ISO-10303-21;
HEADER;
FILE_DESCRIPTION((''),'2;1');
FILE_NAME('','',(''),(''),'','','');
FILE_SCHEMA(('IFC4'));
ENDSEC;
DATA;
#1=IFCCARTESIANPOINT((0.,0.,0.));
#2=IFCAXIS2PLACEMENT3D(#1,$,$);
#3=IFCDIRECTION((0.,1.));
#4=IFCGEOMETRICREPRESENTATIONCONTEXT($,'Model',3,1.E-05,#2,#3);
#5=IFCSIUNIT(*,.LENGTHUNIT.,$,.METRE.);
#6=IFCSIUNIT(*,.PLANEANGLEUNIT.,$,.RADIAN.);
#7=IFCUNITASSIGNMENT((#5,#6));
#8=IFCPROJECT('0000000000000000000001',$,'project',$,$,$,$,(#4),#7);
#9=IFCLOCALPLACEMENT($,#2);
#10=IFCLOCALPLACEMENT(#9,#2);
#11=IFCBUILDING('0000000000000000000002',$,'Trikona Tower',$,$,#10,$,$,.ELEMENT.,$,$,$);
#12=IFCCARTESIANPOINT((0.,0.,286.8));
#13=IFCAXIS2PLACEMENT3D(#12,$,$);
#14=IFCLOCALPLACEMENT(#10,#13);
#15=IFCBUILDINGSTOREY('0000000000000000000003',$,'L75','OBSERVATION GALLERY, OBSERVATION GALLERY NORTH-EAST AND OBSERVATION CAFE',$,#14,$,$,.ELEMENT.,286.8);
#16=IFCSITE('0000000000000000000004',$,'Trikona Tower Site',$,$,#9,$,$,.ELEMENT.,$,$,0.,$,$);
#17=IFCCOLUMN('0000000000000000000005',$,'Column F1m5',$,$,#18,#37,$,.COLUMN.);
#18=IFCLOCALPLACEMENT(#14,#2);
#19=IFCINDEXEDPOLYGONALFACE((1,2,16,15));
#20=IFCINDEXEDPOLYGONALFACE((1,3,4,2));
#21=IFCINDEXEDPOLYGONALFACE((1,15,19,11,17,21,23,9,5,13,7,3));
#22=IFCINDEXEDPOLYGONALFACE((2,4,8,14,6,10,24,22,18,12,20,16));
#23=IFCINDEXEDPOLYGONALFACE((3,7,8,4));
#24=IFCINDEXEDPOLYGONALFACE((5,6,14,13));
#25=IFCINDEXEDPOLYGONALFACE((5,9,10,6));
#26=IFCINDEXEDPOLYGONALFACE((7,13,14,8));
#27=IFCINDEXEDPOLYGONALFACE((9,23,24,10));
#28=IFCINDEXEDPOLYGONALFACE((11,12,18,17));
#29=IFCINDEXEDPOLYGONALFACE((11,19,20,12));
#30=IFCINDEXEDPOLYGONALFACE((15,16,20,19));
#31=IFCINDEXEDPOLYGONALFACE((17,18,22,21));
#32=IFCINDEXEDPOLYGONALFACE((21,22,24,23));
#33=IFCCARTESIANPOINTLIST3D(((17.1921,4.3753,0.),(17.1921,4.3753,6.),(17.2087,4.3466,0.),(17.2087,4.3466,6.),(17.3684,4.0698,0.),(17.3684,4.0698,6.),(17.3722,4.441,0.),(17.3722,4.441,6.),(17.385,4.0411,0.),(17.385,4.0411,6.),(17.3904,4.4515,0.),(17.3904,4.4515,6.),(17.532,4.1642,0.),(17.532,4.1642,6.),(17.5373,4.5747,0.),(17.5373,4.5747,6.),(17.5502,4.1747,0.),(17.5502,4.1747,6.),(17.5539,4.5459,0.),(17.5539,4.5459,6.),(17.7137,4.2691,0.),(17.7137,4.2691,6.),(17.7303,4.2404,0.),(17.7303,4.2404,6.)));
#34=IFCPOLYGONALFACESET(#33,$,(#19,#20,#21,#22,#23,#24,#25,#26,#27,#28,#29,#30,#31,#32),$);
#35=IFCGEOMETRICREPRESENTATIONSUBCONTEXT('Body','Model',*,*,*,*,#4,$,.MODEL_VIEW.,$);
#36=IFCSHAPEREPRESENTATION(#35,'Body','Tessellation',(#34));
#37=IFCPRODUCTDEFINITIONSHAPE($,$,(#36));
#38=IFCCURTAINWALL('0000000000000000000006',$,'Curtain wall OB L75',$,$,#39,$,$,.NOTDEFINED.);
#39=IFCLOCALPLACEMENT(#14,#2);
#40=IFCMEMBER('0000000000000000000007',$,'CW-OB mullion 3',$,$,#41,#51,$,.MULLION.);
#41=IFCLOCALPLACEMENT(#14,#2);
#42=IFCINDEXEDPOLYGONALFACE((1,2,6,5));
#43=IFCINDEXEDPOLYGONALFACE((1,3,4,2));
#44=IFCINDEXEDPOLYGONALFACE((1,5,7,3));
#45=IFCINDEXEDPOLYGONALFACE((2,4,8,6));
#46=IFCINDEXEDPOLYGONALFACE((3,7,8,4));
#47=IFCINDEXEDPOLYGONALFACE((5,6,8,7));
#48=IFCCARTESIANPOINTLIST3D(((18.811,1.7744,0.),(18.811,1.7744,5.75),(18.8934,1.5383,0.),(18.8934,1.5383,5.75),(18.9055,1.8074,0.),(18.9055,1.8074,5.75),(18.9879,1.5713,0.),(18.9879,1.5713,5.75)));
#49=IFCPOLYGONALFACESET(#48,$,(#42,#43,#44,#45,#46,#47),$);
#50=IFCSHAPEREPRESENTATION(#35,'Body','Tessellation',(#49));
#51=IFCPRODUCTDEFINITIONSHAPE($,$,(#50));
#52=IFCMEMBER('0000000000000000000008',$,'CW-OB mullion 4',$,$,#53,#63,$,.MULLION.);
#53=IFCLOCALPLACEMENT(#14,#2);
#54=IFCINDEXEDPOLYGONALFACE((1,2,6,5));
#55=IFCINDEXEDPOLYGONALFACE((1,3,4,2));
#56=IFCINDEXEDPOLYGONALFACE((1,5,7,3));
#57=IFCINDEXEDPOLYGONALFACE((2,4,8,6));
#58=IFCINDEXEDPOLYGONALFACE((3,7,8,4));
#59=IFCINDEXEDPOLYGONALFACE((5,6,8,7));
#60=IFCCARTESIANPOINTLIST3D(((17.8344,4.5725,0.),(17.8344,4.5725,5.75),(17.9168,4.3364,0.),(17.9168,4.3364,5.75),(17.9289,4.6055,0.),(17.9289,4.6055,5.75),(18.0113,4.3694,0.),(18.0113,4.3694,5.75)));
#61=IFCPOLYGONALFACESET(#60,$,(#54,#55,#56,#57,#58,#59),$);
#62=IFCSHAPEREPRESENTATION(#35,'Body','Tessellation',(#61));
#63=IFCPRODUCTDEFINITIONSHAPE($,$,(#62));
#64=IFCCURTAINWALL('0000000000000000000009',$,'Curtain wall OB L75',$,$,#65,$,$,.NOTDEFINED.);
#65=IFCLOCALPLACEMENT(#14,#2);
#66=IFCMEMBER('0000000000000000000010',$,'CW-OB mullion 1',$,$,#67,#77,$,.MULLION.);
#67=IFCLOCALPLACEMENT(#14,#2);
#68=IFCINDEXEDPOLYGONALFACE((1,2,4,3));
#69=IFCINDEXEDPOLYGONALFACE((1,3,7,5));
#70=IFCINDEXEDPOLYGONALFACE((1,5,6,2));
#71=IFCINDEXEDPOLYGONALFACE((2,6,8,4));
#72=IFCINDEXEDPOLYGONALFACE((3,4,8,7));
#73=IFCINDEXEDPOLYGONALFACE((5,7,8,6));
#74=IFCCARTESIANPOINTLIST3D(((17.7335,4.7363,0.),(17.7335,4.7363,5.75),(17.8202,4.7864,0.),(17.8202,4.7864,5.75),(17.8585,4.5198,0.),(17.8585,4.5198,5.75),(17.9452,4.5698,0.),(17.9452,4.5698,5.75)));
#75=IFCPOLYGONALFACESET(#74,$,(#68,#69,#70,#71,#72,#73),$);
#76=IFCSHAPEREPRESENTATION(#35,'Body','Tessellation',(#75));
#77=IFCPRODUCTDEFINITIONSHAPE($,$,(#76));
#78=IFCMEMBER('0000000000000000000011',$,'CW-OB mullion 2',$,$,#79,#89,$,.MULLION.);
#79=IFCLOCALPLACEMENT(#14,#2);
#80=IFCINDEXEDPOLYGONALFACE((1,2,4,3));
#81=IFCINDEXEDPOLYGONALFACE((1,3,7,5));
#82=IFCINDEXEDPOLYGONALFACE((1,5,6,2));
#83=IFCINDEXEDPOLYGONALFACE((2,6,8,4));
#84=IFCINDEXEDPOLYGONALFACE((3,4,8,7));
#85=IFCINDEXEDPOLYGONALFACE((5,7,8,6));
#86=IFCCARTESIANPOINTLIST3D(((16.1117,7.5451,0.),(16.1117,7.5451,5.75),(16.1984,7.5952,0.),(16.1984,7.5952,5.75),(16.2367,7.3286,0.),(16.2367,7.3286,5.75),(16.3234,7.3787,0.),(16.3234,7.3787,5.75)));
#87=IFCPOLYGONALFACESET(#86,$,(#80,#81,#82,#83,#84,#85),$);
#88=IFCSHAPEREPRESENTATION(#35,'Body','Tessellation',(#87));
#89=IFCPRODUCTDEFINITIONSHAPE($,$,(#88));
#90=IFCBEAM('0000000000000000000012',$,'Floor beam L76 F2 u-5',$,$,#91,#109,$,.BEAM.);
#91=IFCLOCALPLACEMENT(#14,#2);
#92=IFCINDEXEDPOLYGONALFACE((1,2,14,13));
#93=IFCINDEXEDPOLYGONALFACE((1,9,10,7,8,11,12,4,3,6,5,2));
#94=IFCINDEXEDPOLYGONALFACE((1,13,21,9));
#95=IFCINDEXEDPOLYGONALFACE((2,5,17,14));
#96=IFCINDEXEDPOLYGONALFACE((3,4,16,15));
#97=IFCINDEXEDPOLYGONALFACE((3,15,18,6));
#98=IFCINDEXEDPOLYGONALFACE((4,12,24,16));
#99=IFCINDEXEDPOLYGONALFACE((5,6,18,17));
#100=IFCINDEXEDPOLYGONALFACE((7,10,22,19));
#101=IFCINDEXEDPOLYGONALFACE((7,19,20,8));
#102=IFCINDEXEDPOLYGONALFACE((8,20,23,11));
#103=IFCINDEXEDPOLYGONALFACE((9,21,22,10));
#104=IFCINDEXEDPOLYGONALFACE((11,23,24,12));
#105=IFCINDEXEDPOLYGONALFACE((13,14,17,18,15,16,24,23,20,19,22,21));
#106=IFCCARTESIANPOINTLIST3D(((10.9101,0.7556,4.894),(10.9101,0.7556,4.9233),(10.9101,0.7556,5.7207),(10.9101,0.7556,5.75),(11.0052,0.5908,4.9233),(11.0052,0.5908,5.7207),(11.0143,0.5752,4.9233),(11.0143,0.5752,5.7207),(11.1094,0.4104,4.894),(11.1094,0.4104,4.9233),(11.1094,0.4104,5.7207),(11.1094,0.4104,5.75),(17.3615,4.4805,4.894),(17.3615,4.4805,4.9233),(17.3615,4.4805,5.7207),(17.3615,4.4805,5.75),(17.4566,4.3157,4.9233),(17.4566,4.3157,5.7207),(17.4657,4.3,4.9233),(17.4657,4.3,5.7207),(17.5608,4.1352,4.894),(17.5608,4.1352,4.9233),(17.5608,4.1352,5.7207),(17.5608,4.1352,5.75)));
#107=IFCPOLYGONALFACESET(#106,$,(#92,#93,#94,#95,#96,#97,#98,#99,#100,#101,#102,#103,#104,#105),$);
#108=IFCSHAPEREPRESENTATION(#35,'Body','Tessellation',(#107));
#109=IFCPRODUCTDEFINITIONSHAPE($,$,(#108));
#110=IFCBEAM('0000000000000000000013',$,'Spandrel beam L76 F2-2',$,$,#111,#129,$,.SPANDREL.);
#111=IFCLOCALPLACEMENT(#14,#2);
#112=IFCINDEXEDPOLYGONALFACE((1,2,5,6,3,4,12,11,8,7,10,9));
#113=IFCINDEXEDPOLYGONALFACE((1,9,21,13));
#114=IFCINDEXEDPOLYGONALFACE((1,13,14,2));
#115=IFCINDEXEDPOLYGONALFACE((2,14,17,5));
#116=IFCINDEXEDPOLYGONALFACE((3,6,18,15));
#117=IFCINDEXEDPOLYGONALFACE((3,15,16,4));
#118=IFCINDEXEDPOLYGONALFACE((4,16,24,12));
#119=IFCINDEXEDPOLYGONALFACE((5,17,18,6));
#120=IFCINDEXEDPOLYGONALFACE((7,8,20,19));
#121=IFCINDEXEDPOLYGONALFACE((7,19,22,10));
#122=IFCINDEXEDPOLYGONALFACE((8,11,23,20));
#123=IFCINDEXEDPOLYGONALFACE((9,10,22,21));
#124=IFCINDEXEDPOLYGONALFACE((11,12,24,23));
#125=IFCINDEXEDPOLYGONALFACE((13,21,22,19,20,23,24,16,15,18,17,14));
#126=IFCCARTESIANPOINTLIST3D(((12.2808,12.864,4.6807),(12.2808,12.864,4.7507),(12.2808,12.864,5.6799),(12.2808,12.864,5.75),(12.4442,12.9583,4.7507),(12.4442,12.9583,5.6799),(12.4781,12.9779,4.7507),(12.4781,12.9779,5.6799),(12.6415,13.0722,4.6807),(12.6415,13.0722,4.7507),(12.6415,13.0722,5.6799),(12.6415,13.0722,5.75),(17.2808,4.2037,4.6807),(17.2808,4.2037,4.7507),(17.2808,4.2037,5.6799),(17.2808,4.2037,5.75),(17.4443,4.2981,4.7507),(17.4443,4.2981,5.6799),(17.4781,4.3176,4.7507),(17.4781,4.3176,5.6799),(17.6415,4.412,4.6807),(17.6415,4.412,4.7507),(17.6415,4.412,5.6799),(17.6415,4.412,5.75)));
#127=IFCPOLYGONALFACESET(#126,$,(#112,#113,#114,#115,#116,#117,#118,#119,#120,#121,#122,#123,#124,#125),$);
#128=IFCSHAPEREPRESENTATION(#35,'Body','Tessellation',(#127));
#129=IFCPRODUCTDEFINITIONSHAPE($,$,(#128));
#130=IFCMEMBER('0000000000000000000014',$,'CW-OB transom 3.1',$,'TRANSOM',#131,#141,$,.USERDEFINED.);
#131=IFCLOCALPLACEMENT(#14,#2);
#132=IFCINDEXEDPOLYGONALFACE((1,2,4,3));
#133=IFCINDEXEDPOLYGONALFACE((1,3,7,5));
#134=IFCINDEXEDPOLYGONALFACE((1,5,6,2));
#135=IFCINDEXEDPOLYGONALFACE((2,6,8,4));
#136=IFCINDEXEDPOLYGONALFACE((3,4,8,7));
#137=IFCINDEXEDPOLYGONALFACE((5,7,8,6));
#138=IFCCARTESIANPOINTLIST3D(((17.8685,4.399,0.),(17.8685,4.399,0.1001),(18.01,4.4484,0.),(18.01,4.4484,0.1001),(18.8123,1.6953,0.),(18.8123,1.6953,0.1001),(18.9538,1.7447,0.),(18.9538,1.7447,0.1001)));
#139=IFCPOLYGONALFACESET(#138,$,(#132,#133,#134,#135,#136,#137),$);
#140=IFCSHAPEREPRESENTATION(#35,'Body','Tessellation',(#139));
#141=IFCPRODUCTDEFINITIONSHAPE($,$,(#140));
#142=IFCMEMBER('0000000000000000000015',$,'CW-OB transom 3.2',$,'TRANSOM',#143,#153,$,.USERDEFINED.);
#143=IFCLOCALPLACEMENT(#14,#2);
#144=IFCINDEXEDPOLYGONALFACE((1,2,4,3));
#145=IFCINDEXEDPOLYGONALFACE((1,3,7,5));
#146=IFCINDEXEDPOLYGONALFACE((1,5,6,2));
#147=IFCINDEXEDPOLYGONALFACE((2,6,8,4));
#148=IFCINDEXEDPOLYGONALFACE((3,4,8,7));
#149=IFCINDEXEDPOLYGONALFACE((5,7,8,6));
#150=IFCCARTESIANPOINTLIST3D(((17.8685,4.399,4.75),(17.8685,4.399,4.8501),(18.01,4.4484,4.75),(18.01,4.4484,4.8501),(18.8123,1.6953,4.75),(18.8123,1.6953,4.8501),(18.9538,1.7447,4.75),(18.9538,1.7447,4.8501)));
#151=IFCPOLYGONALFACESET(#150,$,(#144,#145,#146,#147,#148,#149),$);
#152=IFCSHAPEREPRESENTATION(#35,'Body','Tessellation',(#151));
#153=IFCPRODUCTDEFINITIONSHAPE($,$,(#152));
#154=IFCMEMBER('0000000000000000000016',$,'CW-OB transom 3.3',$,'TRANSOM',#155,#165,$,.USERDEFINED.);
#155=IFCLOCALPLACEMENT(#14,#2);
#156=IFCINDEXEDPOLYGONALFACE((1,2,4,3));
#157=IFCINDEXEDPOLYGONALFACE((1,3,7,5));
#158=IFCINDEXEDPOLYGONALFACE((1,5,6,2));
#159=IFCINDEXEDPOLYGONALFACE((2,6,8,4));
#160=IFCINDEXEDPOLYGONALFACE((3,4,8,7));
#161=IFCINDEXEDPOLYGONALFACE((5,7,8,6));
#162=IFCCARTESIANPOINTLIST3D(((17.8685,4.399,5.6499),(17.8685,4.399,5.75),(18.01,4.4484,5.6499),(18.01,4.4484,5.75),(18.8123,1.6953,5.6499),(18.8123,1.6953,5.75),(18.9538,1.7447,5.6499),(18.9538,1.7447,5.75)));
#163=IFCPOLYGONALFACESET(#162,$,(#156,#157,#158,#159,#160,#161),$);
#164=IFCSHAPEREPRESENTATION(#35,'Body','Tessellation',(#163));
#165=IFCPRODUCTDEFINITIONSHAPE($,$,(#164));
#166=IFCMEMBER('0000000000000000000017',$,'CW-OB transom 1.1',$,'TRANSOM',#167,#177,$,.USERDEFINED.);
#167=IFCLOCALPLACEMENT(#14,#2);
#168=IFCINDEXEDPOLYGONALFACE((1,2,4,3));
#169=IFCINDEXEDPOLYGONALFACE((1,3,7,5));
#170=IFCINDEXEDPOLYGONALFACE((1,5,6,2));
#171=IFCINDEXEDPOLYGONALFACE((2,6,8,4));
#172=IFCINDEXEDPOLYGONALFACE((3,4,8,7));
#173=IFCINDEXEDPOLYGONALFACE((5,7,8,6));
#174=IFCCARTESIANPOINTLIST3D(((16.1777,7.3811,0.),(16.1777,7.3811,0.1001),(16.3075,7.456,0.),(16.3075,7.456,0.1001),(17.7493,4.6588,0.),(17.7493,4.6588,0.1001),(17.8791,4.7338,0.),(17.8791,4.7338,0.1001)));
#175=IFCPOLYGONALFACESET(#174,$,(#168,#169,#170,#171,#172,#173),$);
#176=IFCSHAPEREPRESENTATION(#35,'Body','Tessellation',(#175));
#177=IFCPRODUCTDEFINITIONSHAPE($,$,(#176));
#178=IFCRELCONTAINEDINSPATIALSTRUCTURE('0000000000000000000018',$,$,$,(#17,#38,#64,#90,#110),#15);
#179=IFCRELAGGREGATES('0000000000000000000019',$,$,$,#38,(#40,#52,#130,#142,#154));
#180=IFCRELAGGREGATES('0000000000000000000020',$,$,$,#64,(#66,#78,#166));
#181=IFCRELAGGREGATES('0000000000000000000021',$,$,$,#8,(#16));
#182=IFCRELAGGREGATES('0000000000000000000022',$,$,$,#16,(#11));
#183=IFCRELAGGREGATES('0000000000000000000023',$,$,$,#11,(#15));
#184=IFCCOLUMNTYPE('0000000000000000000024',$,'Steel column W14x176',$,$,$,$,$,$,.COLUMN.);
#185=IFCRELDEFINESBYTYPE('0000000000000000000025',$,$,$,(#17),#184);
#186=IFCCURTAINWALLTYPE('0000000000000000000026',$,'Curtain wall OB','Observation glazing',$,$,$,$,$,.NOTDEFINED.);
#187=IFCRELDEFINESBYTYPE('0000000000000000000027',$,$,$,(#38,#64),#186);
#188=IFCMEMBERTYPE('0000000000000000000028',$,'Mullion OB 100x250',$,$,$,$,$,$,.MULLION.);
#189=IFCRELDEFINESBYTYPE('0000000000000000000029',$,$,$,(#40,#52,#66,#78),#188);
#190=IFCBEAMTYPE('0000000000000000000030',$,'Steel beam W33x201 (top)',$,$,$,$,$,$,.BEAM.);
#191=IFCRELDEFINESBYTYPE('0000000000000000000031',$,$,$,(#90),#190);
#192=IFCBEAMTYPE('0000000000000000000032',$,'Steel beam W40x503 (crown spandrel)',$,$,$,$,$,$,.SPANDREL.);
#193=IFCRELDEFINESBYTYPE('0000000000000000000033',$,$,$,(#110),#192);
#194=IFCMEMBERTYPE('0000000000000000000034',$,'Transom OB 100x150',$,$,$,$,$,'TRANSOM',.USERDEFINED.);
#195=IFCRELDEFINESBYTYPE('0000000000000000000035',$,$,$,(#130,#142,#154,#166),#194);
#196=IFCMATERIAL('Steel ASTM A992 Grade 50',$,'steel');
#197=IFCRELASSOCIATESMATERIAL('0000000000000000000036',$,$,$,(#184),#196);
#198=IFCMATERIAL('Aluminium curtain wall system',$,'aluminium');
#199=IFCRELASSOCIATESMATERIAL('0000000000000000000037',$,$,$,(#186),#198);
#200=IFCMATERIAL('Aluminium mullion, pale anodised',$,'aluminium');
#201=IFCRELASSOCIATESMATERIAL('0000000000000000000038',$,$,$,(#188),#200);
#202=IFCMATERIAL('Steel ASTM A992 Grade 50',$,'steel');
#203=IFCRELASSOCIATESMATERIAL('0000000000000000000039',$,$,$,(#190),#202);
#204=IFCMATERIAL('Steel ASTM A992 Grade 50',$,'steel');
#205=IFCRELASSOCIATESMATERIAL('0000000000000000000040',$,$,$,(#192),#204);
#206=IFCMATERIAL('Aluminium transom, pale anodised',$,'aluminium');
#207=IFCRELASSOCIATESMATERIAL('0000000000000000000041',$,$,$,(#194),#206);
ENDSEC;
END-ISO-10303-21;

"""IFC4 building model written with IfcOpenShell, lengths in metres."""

from ifc_helpers import new_model, si_unit, direction, frame, origin, origin_2d, place, context, subcontext, project, spatial, rectangle, i_section, extrude, material, material_profile, profile_set, type_object, element, aggregate, save


model = new_model("IFC4")

# Units and contexts
model_context = context("Model", 3, precision=1e-05, world=origin(), true_north=direction((0.0, 1.0)))
body_context = subcontext(model_context, "Body", "Model", "MODEL_VIEW")
ifc_project = project(units=[si_unit("LENGTHUNIT", "METRE"), si_unit("PLANEANGLEUNIT", "RADIAN")], contexts=[model_context])

# Site, building, storey
site_placement = place(None, origin())
site = spatial("IfcSite", under=ifc_project, at=site_placement, Name="Trikona Tower Site", CompositionType="ELEMENT", RefElevation=0.0)
building_placement = place(site_placement, origin())
building = spatial("IfcBuilding", under=site, at=building_placement, Name="Trikona Tower", CompositionType="ELEMENT")
storey_placement = place(building_placement, frame((0.0, 0.0, 286.8)))
storey = spatial("IfcBuildingStorey", under=building, at=storey_placement, Name="L75", Description="OBSERVATION GALLERY, OBSERVATION GALLERY NORTH-EAST AND OBSERVATION CAFE", CompositionType="ELEMENT", Elevation=286.8)

# Column
ifc_material_1 = material(Name="Steel ASTM A992 Grade 50", Category="steel")
ifc_material_profile_1 = material_profile(ifc_material_1, i_section(OverallWidth=0.3987, OverallDepth=0.386, WebThickness=0.021, FlangeThickness=0.0332, at=origin_2d()), Name="W14X176")
ifc_profile_set_1 = profile_set([ifc_material_profile_1], Name="Steel ASTM A992 Grade 50")
column_type = type_object("IfcColumnType", Name="Steel column W14x176", PredefinedType="COLUMN", material=ifc_profile_set_1)
column_placement = place(storey_placement, frame((17.4612, 4.3079, 0.0), z_axis=(0.0, 0.0, 1.0), x_axis=(0.866025, 0.5, 0.0)))
element("IfcColumn", 1, at=column_placement, inside=storey, type_object=column_type, Name="Column F1m5", PredefinedType="COLUMN", context=body_context, shape_type="SweptSolid", body=[
    extrude(i_section(OverallWidth=0.3987, OverallDepth=0.386, WebThickness=0.021, FlangeThickness=0.0332, at=origin_2d()), origin(), (0.0, 0.0, 1.0), 6.0),
])

# Curtain walls, members
ifc_material_2 = material(Name="Aluminium curtain wall system", Category="aluminium")
curtain_wall_type = type_object("IfcCurtainWallType", Name="Curtain wall OB", Description="Observation glazing", PredefinedType="NOTDEFINED", material=ifc_material_2)
curtain_wall_1_placement = place(storey_placement, origin())
curtain_wall_1 = element("IfcCurtainWall", 2, at=curtain_wall_1_placement, inside=storey, type_object=curtain_wall_type, Name="Curtain wall OB L75", PredefinedType="NOTDEFINED")
ifc_material_3 = material(Name="Aluminium mullion, pale anodised", Category="aluminium")
ifc_material_profile_2 = material_profile(ifc_material_3, rectangle(XDim=0.1001, YDim=0.25, at=origin_2d()), Name="MUL-OB")
ifc_profile_set_2 = profile_set([ifc_material_profile_2], Name="Aluminium mullion, pale anodised")
member_type_1 = type_object("IfcMemberType", Name="Mullion OB 100x250", PredefinedType="MULLION", material=ifc_profile_set_2)
member_1_placement = place(storey_placement, frame((18.8994, 1.6729, 0.0), z_axis=(0.0, 0.0, 1.0), x_axis=(-0.944137, -0.329552, 0.0)))
member_1 = element("IfcMember", 3, at=member_1_placement, type_object=member_type_1, Name="CW-OB mullion 3", PredefinedType="MULLION", context=body_context, shape_type="SweptSolid", body=[
    extrude(rectangle(XDim=0.1001, YDim=0.25, at=origin_2d()), origin(), (0.0, 0.0, 1.0), 5.75),
])
member_2_placement = place(storey_placement, frame((17.9229, 4.4709, 0.0), z_axis=(0.0, 0.0, 1.0), x_axis=(-0.944137, -0.329552, 0.0)))
member_2 = element("IfcMember", 4, at=member_2_placement, type_object=member_type_1, Name="CW-OB mullion 4", PredefinedType="MULLION", context=body_context, shape_type="SweptSolid", body=[
    extrude(rectangle(XDim=0.1001, YDim=0.25, at=origin_2d()), origin(), (0.0, 0.0, 1.0), 5.75),
])
curtain_wall_2_placement = place(storey_placement, origin())
curtain_wall_2 = element("IfcCurtainWall", 5, at=curtain_wall_2_placement, inside=storey, type_object=curtain_wall_type, Name="Curtain wall OB L75", PredefinedType="NOTDEFINED")
member_3_placement = place(storey_placement, frame((17.8394, 4.6531, 0.0), z_axis=(0.0, 0.0, 1.0), x_axis=(-0.866022, -0.500006, 0.0)))
member_3 = element("IfcMember", 6, at=member_3_placement, type_object=member_type_1, Name="CW-OB mullion 1", PredefinedType="MULLION", context=body_context, shape_type="SweptSolid", body=[
    extrude(rectangle(XDim=0.1001, YDim=0.25, at=origin_2d()), origin(), (0.0, 0.0, 1.0), 5.75),
])
member_4_placement = place(storey_placement, frame((16.2175, 7.4619, 0.0), z_axis=(0.0, 0.0, 1.0), x_axis=(-0.866022, -0.500006, 0.0)))
member_4 = element("IfcMember", 7, at=member_4_placement, type_object=member_type_1, Name="CW-OB mullion 2", PredefinedType="MULLION", context=body_context, shape_type="SweptSolid", body=[
    extrude(rectangle(XDim=0.1001, YDim=0.25, at=origin_2d()), origin(), (0.0, 0.0, 1.0), 5.75),
])

# Beams
ifc_material_4 = material(Name="Steel ASTM A992 Grade 50", Category="steel")
ifc_material_profile_3 = material_profile(ifc_material_4, i_section(OverallWidth=0.3987, OverallDepth=0.856, WebThickness=0.0181, FlangeThickness=0.0293, at=origin_2d()), Name="W33X201")
ifc_profile_set_3 = profile_set([ifc_material_profile_3], Name="Steel ASTM A992 Grade 50")
beam_type_1 = type_object("IfcBeamType", Name="Steel beam W33x201 (top)", PredefinedType="BEAM", material=ifc_profile_set_3)
beam_1_placement = place(storey_placement, frame((11.0098, 0.583, 5.322), z_axis=(0.866018, 0.500013, 0.0), x_axis=(-0.500013, 0.866018, 0.0)))
element("IfcBeam", 8, at=beam_1_placement, inside=storey, type_object=beam_type_1, Name="Floor beam L76 F2 u-5", PredefinedType="BEAM", context=body_context, shape_type="SweptSolid", body=[
    extrude(i_section(OverallWidth=0.3987, OverallDepth=0.856, WebThickness=0.0181, FlangeThickness=0.0293, at=origin_2d()), origin(), (0.0, 0.0, 1.0), 7.4495),
])
ifc_material_5 = material(Name="Steel ASTM A992 Grade 50", Category="steel")
ifc_material_profile_4 = material_profile(ifc_material_5, i_section(OverallWidth=0.4165, OverallDepth=1.0693, WebThickness=0.0391, FlangeThickness=0.0701, at=origin_2d()), Name="W40X503")
ifc_profile_set_4 = profile_set([ifc_material_profile_4], Name="Steel ASTM A992 Grade 50")
beam_type_2 = type_object("IfcBeamType", Name="Steel beam W40x503 (crown spandrel)", PredefinedType="SPANDREL", material=ifc_profile_set_4)
beam_2_placement = place(storey_placement, frame((17.4612, 4.3079, 5.2153), z_axis=(-0.500004, 0.866023, 0.0), x_axis=(-0.866023, -0.500004, 0.0)))
element("IfcBeam", 9, at=beam_2_placement, inside=storey, type_object=beam_type_2, Name="Spandrel beam L76 F2-2", PredefinedType="SPANDREL", context=body_context, shape_type="SweptSolid", body=[
    extrude(i_section(OverallWidth=0.4165, OverallDepth=1.0693, WebThickness=0.0391, FlangeThickness=0.0701, at=origin_2d()), origin(), (0.0, 0.0, 1.0), 10.0),
])

# Members
ifc_material_6 = material(Name="Aluminium transom, pale anodised", Category="aluminium")
ifc_material_profile_5 = material_profile(ifc_material_6, rectangle(XDim=0.1499, YDim=0.1001, at=origin_2d()), Name="TRN-OB")
ifc_profile_set_5 = profile_set([ifc_material_profile_5], Name="Aluminium transom, pale anodised")
member_type_2 = type_object("IfcMemberType", Name="Transom OB 100x150", ElementType="TRANSOM", PredefinedType="USERDEFINED", material=ifc_profile_set_5)
member_5_placement = place(storey_placement, frame((18.8831, 1.72, 0.05), z_axis=(-0.329572, 0.94413, 0.0), x_axis=(-0.94413, -0.329572, 0.0)))
member_5 = element("IfcMember", 10, at=member_5_placement, type_object=member_type_2, Name="CW-OB transom 3.1", ObjectType="TRANSOM", PredefinedType="USERDEFINED", context=body_context, shape_type="SweptSolid", body=[
    extrude(rectangle(XDim=0.1499, YDim=0.1001, at=origin_2d()), origin(), (0.0, 0.0, 1.0), 2.8638),
])
member_6_placement = place(storey_placement, frame((18.8831, 1.72, 4.8), z_axis=(-0.329572, 0.94413, 0.0), x_axis=(-0.94413, -0.329572, 0.0)))
member_6 = element("IfcMember", 11, at=member_6_placement, type_object=member_type_2, Name="CW-OB transom 3.2", ObjectType="TRANSOM", PredefinedType="USERDEFINED", context=body_context, shape_type="SweptSolid", body=[
    extrude(rectangle(XDim=0.1499, YDim=0.1001, at=origin_2d()), origin(), (0.0, 0.0, 1.0), 2.8638),
])
member_7_placement = place(storey_placement, frame((18.8831, 1.72, 5.7), z_axis=(-0.329572, 0.94413, 0.0), x_axis=(-0.94413, -0.329572, 0.0)))
member_7 = element("IfcMember", 12, at=member_7_placement, type_object=member_type_2, Name="CW-OB transom 3.3", ObjectType="TRANSOM", PredefinedType="USERDEFINED", context=body_context, shape_type="SweptSolid", body=[
    extrude(rectangle(XDim=0.1499, YDim=0.1001, at=origin_2d()), origin(), (0.0, 0.0, 1.0), 2.8638),
])
member_8_placement = place(storey_placement, frame((17.8142, 4.6963, 0.05), z_axis=(-0.499973, 0.866041, 0.0), x_axis=(-0.866041, -0.499973, 0.0)))
member_8 = element("IfcMember", 13, at=member_8_placement, type_object=member_type_2, Name="CW-OB transom 1.1", ObjectType="TRANSOM", PredefinedType="USERDEFINED", context=body_context, shape_type="SweptSolid", body=[
    extrude(rectangle(XDim=0.1499, YDim=0.1001, at=origin_2d()), origin(), (0.0, 0.0, 1.0), 3.1433),
])

aggregate(curtain_wall_1, [member_1, member_2, member_5, member_6, member_7])
aggregate(curtain_wall_2, [member_3, member_4, member_8])

save(model, "model.ifc")
